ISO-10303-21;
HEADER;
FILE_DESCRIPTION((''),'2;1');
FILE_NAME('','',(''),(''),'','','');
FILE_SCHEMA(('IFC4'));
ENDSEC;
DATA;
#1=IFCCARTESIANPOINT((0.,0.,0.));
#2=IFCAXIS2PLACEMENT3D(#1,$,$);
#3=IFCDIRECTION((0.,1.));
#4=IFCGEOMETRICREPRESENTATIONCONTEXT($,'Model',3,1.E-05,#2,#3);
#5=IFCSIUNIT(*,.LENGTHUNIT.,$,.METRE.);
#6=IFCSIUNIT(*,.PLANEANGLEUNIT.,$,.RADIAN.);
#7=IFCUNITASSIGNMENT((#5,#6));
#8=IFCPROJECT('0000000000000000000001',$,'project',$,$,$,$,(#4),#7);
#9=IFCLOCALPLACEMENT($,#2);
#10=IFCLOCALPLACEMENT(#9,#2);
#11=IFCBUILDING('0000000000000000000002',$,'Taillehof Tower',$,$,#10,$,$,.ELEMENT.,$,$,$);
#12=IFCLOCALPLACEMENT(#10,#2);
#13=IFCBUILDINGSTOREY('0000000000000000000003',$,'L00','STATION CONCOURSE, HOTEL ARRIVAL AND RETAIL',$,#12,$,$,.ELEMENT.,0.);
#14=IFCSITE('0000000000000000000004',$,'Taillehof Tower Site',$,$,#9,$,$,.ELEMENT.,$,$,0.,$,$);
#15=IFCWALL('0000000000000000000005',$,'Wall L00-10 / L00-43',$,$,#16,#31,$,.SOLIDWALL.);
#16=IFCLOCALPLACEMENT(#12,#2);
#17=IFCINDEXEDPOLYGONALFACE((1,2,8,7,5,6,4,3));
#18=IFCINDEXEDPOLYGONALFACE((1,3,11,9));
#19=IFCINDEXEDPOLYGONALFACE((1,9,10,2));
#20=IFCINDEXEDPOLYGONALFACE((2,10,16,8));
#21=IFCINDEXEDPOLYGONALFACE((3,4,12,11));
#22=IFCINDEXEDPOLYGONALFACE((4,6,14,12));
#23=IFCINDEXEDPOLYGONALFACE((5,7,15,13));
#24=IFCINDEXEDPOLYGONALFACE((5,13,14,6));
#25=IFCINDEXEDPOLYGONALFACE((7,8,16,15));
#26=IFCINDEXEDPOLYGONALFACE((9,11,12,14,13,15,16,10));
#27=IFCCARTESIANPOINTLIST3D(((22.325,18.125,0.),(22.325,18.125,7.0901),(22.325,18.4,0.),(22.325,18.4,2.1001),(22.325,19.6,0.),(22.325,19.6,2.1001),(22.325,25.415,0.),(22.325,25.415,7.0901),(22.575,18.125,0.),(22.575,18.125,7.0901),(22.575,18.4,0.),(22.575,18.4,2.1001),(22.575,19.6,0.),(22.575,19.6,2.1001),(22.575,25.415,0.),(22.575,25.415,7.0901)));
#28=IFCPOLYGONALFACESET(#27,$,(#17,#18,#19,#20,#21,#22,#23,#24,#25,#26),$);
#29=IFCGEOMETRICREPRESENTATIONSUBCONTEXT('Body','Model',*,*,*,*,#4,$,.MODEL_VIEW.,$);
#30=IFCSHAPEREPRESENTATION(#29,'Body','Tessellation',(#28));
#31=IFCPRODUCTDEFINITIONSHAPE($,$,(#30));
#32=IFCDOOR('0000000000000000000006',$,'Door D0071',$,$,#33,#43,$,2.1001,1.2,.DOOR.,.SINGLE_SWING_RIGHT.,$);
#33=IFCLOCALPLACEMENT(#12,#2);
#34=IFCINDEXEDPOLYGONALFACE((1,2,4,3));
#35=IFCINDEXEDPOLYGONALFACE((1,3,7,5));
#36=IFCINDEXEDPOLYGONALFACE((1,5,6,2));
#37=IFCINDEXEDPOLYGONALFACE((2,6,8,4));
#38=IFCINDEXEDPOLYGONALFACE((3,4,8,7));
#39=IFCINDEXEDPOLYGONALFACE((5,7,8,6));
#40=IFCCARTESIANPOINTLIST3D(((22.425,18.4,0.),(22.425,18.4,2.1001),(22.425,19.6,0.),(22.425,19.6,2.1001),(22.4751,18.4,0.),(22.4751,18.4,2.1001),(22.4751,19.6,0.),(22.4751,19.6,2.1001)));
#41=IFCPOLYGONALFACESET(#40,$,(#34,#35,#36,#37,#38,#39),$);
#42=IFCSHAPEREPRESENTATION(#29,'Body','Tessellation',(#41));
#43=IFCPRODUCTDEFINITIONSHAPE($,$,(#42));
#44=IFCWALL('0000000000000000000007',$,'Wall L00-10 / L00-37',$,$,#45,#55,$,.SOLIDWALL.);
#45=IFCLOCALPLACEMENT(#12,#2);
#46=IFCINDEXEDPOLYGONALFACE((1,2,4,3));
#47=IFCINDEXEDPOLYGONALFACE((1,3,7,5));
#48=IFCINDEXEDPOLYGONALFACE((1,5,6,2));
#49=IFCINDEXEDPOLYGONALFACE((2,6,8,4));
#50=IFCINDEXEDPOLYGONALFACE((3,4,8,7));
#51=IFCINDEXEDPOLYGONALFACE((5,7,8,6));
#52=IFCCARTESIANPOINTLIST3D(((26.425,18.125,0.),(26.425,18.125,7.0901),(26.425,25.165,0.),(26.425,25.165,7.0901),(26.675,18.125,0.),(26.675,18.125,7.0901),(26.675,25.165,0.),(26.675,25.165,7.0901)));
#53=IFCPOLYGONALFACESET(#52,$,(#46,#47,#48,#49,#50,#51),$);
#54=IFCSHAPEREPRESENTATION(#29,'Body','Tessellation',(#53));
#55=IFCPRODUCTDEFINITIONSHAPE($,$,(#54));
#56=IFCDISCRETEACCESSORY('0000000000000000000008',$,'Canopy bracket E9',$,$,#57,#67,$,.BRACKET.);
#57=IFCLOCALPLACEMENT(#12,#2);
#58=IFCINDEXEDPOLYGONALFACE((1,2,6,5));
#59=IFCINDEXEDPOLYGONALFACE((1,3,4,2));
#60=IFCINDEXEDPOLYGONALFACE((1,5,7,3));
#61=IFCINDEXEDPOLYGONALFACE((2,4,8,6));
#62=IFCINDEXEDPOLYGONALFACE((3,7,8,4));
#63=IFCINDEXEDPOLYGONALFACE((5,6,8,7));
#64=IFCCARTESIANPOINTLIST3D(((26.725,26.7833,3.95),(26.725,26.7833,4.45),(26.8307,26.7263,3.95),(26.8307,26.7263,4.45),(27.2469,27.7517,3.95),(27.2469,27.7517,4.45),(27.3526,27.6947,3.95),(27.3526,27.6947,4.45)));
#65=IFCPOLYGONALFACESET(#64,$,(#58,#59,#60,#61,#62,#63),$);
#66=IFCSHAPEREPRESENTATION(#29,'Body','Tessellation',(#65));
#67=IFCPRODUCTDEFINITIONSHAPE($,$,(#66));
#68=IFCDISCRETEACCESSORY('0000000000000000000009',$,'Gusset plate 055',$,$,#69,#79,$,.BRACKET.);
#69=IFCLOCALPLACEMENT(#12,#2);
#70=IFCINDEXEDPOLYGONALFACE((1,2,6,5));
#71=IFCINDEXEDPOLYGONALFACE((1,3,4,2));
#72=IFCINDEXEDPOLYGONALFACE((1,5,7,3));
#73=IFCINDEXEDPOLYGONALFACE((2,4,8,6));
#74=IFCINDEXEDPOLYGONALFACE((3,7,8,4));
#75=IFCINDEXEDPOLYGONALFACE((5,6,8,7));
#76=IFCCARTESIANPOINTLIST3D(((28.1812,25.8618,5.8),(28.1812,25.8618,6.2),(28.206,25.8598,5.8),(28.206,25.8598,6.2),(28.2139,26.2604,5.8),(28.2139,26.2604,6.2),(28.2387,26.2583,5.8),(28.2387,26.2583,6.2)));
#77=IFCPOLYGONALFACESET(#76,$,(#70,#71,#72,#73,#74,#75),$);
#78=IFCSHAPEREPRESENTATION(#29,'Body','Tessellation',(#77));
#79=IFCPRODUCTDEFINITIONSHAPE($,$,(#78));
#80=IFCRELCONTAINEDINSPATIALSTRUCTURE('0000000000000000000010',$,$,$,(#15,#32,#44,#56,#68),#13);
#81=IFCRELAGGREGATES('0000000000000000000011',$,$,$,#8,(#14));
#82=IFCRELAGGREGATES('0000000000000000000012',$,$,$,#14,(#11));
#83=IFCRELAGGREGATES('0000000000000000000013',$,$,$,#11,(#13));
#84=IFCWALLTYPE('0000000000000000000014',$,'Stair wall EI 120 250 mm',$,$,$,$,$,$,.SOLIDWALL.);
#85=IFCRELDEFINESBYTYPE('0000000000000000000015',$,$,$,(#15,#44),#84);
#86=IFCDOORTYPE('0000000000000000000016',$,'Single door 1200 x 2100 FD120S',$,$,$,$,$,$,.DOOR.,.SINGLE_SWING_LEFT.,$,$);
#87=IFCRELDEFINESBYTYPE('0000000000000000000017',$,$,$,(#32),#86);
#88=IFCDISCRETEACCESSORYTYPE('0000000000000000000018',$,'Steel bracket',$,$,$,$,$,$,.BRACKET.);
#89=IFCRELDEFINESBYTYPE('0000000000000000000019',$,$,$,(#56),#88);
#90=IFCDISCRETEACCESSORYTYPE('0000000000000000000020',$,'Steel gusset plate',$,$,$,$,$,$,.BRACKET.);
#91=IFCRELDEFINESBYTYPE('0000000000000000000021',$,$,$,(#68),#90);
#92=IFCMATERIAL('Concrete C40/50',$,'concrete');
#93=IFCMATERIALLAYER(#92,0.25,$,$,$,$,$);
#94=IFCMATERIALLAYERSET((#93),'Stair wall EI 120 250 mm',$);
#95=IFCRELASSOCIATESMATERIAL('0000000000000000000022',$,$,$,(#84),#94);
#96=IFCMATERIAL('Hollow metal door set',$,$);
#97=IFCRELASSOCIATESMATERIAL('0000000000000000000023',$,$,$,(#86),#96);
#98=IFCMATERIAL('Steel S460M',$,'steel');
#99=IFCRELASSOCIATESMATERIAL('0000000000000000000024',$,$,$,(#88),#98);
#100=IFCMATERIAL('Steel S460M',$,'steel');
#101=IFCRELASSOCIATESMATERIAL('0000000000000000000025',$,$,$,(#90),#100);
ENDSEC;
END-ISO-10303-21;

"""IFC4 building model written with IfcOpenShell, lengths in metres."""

from ifc_helpers import new_model, si_unit, direction, frame, frame_2d, origin, origin_2d, place, context, subcontext, project, spatial, rectangle, extrude, material, layer, layer_set, type_object, element, fill, save


model = new_model("IFC4")

# Units and contexts
model_context = context("Model", 3, precision=1e-05, world=origin(), true_north=direction((0.0, 1.0)))
body_context = subcontext(model_context, "Body", "Model", "MODEL_VIEW")
ifc_project = project(units=[si_unit("LENGTHUNIT", "METRE"), si_unit("PLANEANGLEUNIT", "RADIAN")], contexts=[model_context])

# Site, building, storey
site_placement = place(None, origin())
site = spatial("IfcSite", under=ifc_project, at=site_placement, Name="Taillehof Tower Site", CompositionType="ELEMENT", RefElevation=0.0)
building_placement = place(site_placement, origin())
building = spatial("IfcBuilding", under=site, at=building_placement, Name="Taillehof Tower", CompositionType="ELEMENT")
storey_placement = place(building_placement, origin())
storey = spatial("IfcBuildingStorey", under=building, at=storey_placement, Name="L00", Description="STATION CONCOURSE, HOTEL ARRIVAL AND RETAIL", CompositionType="ELEMENT", Elevation=0.0)

# Shared definitions
ifc_material_1 = material(Name="Concrete C40/50", Category="concrete")
ifc_layer_1 = layer(ifc_material_1, 0.25)
ifc_layer_set_1 = layer_set([ifc_layer_1], Name="Stair wall EI 120 250 mm")
wall_type_1 = type_object("IfcWallType", Name="Stair wall EI 120 250 mm", PredefinedType="SOLIDWALL", material=ifc_layer_set_1)

# Wall, opening, door
wall_1_placement = place(storey_placement, frame((22.45, 18.125, 0.0), z_axis=(0.0, 0.0, 1.0), x_axis=(0.0, 1.0, 0.0)))
wall_1 = element("IfcWall", 1, at=wall_1_placement, inside=storey, type_object=wall_type_1, Name="Wall L00-10 / L00-43", PredefinedType="SOLIDWALL", context=body_context, shape_type="SweptSolid", body=[
    extrude(rectangle(XDim=7.29, YDim=0.25, at=frame_2d((3.645, 0.0))), origin(), (0.0, 0.0, 1.0), 7.0901),
])
opening_1_placement = place(wall_1_placement, frame((0.2749, 0.0, 0.0)))
opening_1 = element("IfcOpeningElement", 2, at=opening_1_placement, cuts=wall_1, PredefinedType="OPENING", context=body_context, shape_type="SweptSolid", body=[
    extrude(rectangle(XDim=1.2, YDim=2.1001, at=frame_2d((0.6001, 1.05))), frame((0.0, 0.135, 0.0), z_axis=(0.0, -1.0, 0.0), x_axis=(1.0, 0.0, 0.0)), (0.0, 0.0, 1.0), 0.27),
])
ifc_material_2 = material(Name="Hollow metal door set")
door_type_1 = type_object("IfcDoorType", Name="Single door 1200 x 2100 FD120S", OperationType="SINGLE_SWING_LEFT", PredefinedType="DOOR", material=ifc_material_2)
door_1_placement = place(opening_1_placement, origin())
door_1 = element("IfcDoor", 3, at=door_1_placement, inside=storey, type_object=door_type_1, Name="Door D0071", OperationType="SINGLE_SWING_RIGHT", OverallHeight=2.1001, OverallWidth=1.2, PredefinedType="DOOR", context=body_context, shape_type="SweptSolid", body=[
    extrude(rectangle(XDim=1.2, YDim=2.1001, at=frame_2d((0.6001, 1.05))), frame((0.0, 0.0249, 0.0), z_axis=(0.0, -1.0, 0.0), x_axis=(1.0, 0.0, 0.0)), (0.0, 0.0, 1.0), 0.05),
])
fill(opening_1, door_1)

# Wall
wall_2_placement = place(storey_placement, frame((26.55, 18.125, 0.0), z_axis=(0.0, 0.0, 1.0), x_axis=(0.0, 1.0, 0.0)))
element("IfcWall", 4, at=wall_2_placement, inside=storey, type_object=wall_type_1, Name="Wall L00-10 / L00-37", PredefinedType="SOLIDWALL", context=body_context, shape_type="SweptSolid", body=[
    extrude(rectangle(XDim=7.04, YDim=0.25, at=frame_2d((3.52, 0.0))), origin(), (0.0, 0.0, 1.0), 7.0901),
])

# Discrete accessories
ifc_material_3 = material(Name="Steel S460M", Category="steel")
discrete_accessory_type_1 = type_object("IfcDiscreteAccessoryType", Name="Steel bracket", PredefinedType="BRACKET", material=ifc_material_3)
discrete_accessory_1_placement = place(storey_placement, frame((27.0388, 27.239, 3.95), z_axis=(0.0, 0.0, 1.0), x_axis=(0.474415, 0.880301, 0.0)))
element("IfcDiscreteAccessory", 5, at=discrete_accessory_1_placement, inside=storey, type_object=discrete_accessory_type_1, Name="Canopy bracket E9", PredefinedType="BRACKET", context=body_context, shape_type="SweptSolid", body=[
    extrude(rectangle(XDim=1.1001, YDim=0.1201, at=origin_2d()), origin(), (0.0, 0.0, 1.0), 0.5),
])
ifc_material_4 = material(Name="Steel S460M", Category="steel")
discrete_accessory_type_2 = type_object("IfcDiscreteAccessoryType", Name="Steel gusset plate", PredefinedType="BRACKET", material=ifc_material_4)
discrete_accessory_2_placement = place(storey_placement, frame((28.21, 26.0601, 5.8), z_axis=(0.0, 0.0, 1.0), x_axis=(-0.081679, -0.996659, 0.0)))
element("IfcDiscreteAccessory", 6, at=discrete_accessory_2_placement, inside=storey, type_object=discrete_accessory_type_2, Name="Gusset plate 055", PredefinedType="BRACKET", context=body_context, shape_type="SweptSolid", body=[
    extrude(rectangle(XDim=0.3999, YDim=0.0249, at=origin_2d()), origin(), (0.0, 0.0, 1.0), 0.3999),
])

save(model, "model.ifc")
